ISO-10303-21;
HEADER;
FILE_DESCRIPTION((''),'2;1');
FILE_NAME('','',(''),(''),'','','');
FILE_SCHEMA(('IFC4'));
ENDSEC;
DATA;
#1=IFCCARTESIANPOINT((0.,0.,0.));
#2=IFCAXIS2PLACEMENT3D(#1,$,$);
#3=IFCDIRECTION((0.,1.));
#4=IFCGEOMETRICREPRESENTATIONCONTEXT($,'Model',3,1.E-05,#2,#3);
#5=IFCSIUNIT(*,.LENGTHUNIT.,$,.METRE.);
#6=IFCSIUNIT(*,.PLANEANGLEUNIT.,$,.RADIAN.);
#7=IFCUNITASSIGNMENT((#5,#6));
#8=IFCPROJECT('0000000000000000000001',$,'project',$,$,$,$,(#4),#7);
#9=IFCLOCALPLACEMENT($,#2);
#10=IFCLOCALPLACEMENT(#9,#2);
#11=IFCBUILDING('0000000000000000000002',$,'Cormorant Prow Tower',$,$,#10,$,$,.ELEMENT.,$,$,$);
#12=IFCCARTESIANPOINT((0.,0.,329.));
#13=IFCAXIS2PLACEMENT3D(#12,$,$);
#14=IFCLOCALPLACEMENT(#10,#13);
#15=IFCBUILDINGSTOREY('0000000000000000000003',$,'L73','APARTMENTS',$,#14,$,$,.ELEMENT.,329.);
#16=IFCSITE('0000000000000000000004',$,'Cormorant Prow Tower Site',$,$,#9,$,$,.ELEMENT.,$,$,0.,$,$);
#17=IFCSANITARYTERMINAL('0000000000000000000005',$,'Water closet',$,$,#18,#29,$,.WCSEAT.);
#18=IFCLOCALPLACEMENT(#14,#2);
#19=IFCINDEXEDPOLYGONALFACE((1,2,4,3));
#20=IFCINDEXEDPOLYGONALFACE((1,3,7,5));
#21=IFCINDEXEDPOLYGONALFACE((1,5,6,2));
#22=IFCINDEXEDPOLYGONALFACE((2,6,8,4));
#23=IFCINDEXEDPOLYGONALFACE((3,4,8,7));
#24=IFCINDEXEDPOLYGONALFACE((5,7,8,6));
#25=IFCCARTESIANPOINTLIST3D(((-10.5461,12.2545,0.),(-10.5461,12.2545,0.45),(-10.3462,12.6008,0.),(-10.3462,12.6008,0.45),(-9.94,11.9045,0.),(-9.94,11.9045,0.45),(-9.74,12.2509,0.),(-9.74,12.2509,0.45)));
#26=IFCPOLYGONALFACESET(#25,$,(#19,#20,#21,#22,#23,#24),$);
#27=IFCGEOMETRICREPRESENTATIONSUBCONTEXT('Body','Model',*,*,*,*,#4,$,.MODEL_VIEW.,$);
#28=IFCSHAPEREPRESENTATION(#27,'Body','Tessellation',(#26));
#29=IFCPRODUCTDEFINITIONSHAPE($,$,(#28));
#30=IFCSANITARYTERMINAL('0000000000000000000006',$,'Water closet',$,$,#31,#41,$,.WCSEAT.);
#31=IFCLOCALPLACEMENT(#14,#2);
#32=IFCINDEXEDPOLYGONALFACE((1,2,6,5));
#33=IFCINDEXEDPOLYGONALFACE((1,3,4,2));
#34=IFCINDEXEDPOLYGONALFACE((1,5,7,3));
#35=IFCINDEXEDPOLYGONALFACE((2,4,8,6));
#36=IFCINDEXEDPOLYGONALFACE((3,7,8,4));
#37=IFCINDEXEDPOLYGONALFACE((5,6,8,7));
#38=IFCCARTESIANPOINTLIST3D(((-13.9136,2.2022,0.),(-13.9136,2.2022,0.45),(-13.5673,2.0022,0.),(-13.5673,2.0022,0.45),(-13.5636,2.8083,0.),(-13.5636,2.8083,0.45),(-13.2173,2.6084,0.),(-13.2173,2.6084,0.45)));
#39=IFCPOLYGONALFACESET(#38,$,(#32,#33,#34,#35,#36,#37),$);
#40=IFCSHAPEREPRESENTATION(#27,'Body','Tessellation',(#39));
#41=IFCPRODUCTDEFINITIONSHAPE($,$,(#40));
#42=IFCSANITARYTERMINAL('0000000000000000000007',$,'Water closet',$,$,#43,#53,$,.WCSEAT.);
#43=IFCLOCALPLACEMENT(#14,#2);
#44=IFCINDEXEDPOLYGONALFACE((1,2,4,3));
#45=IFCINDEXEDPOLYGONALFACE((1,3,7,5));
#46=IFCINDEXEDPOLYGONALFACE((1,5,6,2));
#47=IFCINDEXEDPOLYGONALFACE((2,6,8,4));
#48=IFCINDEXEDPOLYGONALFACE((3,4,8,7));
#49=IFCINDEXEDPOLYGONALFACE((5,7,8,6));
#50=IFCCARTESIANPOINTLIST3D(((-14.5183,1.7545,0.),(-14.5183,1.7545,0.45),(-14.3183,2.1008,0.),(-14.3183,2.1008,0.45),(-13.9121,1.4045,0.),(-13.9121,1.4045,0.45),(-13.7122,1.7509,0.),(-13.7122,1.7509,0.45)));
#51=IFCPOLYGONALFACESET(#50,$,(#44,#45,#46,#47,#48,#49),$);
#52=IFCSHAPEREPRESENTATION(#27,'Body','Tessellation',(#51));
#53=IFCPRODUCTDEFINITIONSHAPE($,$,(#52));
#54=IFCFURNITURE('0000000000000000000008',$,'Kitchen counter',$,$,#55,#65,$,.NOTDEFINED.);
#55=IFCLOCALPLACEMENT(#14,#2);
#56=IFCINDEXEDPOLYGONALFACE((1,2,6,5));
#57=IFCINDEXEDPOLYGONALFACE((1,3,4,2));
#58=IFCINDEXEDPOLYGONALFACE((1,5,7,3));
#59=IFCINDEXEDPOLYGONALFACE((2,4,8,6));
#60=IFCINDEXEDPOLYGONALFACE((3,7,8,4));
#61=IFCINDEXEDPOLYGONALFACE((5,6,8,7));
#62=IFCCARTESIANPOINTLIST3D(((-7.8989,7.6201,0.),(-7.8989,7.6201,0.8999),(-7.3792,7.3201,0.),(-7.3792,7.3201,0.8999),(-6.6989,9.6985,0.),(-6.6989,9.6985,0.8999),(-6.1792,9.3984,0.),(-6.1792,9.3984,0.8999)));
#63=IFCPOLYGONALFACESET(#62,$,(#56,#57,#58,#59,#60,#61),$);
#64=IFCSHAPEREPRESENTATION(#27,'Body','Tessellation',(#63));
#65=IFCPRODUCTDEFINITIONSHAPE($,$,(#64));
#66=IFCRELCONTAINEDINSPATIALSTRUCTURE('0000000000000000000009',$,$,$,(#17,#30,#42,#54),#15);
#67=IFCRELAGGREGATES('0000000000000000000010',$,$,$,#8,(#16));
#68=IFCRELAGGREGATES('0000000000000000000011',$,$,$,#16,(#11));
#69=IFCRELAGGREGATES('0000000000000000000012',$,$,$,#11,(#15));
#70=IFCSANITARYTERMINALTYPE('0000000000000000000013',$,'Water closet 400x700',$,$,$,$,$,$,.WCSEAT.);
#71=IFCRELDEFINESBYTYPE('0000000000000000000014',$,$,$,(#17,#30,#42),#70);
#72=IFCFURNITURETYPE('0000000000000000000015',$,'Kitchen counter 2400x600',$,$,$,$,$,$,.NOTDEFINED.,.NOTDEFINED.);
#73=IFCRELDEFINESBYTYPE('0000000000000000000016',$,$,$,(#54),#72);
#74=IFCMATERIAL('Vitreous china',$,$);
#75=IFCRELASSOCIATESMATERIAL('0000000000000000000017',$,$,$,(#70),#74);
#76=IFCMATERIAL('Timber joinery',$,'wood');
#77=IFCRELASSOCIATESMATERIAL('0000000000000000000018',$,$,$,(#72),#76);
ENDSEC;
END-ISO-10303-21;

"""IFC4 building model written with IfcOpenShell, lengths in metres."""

from ifc_helpers import new_model, si_unit, direction, frame, origin, origin_2d, place, context, subcontext, project, spatial, rectangle, extrude, material, type_object, element, save


model = new_model("IFC4")

# Units and contexts
model_context = context("Model", 3, precision=1e-05, world=origin(), true_north=direction((0.0, 1.0)))
body_context = subcontext(model_context, "Body", "Model", "MODEL_VIEW")
ifc_project = project(units=[si_unit("LENGTHUNIT", "METRE"), si_unit("PLANEANGLEUNIT", "RADIAN")], contexts=[model_context])

# Site, building, storey
site_placement = place(None, origin())
site = spatial("IfcSite", under=ifc_project, at=site_placement, Name="Cormorant Prow Tower Site", CompositionType="ELEMENT", RefElevation=0.0)
building_placement = place(site_placement, origin())
building = spatial("IfcBuilding", under=site, at=building_placement, Name="Cormorant Prow Tower", CompositionType="ELEMENT")
storey_placement = place(building_placement, frame((0.0, 0.0, 329.0)))
storey = spatial("IfcBuildingStorey", under=building, at=storey_placement, Name="L73", Description="APARTMENTS", CompositionType="ELEMENT", Elevation=329.0)

# Sanitary terminals
ifc_material_1 = material(Name="Vitreous china")
sanitary_terminal_type_1 = type_object("IfcSanitaryTerminalType", Name="Water closet 400x700", PredefinedType="WCSEAT", material=ifc_material_1)
for number, where, z_axis, x_axis, name in (
    (1, (-10.1431, 12.2527, 0.0), (0.0, 0.0, 1.0), (0.5, 0.866025, 0.0), "Water closet"),
    (2, (-13.5654, 2.4053, 0.0), (0.0, 0.0, 1.0), (-0.866025, 0.5, 0.0), "Water closet"),
    (3, (-14.1152, 1.7527, 0.0), (0.0, 0.0, 1.0), (-0.5, -0.866025, 0.0), "Water closet"),
):
    element("IfcSanitaryTerminal", number, at=place(storey_placement, frame(where, z_axis=z_axis, x_axis=x_axis)), inside=storey, type_object=sanitary_terminal_type_1, Name=name, PredefinedType="WCSEAT", context=body_context, shape_type="SweptSolid", body=[
        extrude(rectangle(XDim=0.3999, YDim=0.7, at=origin_2d()), origin(), (0.0, 0.0, 1.0), 0.45),
    ])

# Furniture
ifc_material_2 = material(Name="Timber joinery", Category="wood")
furniture_type = type_object("IfcFurnitureType", Name="Kitchen counter 2400x600", AssemblyPlace="NOTDEFINED", PredefinedType="NOTDEFINED", material=ifc_material_2)
furniture_placement = place(storey_placement, frame((-7.0391, 8.5093, 0.0), z_axis=(0.0, 0.0, 1.0), x_axis=(-0.5, -0.866025, 0.0)))
element("IfcFurniture", 4, at=furniture_placement, inside=storey, type_object=furniture_type, Name="Kitchen counter", PredefinedType="NOTDEFINED", context=body_context, shape_type="SweptSolid", body=[
    extrude(rectangle(XDim=2.3999, YDim=0.6001, at=origin_2d()), origin(), (0.0, 0.0, 1.0), 0.8999),
])

save(model, "model.ifc")
